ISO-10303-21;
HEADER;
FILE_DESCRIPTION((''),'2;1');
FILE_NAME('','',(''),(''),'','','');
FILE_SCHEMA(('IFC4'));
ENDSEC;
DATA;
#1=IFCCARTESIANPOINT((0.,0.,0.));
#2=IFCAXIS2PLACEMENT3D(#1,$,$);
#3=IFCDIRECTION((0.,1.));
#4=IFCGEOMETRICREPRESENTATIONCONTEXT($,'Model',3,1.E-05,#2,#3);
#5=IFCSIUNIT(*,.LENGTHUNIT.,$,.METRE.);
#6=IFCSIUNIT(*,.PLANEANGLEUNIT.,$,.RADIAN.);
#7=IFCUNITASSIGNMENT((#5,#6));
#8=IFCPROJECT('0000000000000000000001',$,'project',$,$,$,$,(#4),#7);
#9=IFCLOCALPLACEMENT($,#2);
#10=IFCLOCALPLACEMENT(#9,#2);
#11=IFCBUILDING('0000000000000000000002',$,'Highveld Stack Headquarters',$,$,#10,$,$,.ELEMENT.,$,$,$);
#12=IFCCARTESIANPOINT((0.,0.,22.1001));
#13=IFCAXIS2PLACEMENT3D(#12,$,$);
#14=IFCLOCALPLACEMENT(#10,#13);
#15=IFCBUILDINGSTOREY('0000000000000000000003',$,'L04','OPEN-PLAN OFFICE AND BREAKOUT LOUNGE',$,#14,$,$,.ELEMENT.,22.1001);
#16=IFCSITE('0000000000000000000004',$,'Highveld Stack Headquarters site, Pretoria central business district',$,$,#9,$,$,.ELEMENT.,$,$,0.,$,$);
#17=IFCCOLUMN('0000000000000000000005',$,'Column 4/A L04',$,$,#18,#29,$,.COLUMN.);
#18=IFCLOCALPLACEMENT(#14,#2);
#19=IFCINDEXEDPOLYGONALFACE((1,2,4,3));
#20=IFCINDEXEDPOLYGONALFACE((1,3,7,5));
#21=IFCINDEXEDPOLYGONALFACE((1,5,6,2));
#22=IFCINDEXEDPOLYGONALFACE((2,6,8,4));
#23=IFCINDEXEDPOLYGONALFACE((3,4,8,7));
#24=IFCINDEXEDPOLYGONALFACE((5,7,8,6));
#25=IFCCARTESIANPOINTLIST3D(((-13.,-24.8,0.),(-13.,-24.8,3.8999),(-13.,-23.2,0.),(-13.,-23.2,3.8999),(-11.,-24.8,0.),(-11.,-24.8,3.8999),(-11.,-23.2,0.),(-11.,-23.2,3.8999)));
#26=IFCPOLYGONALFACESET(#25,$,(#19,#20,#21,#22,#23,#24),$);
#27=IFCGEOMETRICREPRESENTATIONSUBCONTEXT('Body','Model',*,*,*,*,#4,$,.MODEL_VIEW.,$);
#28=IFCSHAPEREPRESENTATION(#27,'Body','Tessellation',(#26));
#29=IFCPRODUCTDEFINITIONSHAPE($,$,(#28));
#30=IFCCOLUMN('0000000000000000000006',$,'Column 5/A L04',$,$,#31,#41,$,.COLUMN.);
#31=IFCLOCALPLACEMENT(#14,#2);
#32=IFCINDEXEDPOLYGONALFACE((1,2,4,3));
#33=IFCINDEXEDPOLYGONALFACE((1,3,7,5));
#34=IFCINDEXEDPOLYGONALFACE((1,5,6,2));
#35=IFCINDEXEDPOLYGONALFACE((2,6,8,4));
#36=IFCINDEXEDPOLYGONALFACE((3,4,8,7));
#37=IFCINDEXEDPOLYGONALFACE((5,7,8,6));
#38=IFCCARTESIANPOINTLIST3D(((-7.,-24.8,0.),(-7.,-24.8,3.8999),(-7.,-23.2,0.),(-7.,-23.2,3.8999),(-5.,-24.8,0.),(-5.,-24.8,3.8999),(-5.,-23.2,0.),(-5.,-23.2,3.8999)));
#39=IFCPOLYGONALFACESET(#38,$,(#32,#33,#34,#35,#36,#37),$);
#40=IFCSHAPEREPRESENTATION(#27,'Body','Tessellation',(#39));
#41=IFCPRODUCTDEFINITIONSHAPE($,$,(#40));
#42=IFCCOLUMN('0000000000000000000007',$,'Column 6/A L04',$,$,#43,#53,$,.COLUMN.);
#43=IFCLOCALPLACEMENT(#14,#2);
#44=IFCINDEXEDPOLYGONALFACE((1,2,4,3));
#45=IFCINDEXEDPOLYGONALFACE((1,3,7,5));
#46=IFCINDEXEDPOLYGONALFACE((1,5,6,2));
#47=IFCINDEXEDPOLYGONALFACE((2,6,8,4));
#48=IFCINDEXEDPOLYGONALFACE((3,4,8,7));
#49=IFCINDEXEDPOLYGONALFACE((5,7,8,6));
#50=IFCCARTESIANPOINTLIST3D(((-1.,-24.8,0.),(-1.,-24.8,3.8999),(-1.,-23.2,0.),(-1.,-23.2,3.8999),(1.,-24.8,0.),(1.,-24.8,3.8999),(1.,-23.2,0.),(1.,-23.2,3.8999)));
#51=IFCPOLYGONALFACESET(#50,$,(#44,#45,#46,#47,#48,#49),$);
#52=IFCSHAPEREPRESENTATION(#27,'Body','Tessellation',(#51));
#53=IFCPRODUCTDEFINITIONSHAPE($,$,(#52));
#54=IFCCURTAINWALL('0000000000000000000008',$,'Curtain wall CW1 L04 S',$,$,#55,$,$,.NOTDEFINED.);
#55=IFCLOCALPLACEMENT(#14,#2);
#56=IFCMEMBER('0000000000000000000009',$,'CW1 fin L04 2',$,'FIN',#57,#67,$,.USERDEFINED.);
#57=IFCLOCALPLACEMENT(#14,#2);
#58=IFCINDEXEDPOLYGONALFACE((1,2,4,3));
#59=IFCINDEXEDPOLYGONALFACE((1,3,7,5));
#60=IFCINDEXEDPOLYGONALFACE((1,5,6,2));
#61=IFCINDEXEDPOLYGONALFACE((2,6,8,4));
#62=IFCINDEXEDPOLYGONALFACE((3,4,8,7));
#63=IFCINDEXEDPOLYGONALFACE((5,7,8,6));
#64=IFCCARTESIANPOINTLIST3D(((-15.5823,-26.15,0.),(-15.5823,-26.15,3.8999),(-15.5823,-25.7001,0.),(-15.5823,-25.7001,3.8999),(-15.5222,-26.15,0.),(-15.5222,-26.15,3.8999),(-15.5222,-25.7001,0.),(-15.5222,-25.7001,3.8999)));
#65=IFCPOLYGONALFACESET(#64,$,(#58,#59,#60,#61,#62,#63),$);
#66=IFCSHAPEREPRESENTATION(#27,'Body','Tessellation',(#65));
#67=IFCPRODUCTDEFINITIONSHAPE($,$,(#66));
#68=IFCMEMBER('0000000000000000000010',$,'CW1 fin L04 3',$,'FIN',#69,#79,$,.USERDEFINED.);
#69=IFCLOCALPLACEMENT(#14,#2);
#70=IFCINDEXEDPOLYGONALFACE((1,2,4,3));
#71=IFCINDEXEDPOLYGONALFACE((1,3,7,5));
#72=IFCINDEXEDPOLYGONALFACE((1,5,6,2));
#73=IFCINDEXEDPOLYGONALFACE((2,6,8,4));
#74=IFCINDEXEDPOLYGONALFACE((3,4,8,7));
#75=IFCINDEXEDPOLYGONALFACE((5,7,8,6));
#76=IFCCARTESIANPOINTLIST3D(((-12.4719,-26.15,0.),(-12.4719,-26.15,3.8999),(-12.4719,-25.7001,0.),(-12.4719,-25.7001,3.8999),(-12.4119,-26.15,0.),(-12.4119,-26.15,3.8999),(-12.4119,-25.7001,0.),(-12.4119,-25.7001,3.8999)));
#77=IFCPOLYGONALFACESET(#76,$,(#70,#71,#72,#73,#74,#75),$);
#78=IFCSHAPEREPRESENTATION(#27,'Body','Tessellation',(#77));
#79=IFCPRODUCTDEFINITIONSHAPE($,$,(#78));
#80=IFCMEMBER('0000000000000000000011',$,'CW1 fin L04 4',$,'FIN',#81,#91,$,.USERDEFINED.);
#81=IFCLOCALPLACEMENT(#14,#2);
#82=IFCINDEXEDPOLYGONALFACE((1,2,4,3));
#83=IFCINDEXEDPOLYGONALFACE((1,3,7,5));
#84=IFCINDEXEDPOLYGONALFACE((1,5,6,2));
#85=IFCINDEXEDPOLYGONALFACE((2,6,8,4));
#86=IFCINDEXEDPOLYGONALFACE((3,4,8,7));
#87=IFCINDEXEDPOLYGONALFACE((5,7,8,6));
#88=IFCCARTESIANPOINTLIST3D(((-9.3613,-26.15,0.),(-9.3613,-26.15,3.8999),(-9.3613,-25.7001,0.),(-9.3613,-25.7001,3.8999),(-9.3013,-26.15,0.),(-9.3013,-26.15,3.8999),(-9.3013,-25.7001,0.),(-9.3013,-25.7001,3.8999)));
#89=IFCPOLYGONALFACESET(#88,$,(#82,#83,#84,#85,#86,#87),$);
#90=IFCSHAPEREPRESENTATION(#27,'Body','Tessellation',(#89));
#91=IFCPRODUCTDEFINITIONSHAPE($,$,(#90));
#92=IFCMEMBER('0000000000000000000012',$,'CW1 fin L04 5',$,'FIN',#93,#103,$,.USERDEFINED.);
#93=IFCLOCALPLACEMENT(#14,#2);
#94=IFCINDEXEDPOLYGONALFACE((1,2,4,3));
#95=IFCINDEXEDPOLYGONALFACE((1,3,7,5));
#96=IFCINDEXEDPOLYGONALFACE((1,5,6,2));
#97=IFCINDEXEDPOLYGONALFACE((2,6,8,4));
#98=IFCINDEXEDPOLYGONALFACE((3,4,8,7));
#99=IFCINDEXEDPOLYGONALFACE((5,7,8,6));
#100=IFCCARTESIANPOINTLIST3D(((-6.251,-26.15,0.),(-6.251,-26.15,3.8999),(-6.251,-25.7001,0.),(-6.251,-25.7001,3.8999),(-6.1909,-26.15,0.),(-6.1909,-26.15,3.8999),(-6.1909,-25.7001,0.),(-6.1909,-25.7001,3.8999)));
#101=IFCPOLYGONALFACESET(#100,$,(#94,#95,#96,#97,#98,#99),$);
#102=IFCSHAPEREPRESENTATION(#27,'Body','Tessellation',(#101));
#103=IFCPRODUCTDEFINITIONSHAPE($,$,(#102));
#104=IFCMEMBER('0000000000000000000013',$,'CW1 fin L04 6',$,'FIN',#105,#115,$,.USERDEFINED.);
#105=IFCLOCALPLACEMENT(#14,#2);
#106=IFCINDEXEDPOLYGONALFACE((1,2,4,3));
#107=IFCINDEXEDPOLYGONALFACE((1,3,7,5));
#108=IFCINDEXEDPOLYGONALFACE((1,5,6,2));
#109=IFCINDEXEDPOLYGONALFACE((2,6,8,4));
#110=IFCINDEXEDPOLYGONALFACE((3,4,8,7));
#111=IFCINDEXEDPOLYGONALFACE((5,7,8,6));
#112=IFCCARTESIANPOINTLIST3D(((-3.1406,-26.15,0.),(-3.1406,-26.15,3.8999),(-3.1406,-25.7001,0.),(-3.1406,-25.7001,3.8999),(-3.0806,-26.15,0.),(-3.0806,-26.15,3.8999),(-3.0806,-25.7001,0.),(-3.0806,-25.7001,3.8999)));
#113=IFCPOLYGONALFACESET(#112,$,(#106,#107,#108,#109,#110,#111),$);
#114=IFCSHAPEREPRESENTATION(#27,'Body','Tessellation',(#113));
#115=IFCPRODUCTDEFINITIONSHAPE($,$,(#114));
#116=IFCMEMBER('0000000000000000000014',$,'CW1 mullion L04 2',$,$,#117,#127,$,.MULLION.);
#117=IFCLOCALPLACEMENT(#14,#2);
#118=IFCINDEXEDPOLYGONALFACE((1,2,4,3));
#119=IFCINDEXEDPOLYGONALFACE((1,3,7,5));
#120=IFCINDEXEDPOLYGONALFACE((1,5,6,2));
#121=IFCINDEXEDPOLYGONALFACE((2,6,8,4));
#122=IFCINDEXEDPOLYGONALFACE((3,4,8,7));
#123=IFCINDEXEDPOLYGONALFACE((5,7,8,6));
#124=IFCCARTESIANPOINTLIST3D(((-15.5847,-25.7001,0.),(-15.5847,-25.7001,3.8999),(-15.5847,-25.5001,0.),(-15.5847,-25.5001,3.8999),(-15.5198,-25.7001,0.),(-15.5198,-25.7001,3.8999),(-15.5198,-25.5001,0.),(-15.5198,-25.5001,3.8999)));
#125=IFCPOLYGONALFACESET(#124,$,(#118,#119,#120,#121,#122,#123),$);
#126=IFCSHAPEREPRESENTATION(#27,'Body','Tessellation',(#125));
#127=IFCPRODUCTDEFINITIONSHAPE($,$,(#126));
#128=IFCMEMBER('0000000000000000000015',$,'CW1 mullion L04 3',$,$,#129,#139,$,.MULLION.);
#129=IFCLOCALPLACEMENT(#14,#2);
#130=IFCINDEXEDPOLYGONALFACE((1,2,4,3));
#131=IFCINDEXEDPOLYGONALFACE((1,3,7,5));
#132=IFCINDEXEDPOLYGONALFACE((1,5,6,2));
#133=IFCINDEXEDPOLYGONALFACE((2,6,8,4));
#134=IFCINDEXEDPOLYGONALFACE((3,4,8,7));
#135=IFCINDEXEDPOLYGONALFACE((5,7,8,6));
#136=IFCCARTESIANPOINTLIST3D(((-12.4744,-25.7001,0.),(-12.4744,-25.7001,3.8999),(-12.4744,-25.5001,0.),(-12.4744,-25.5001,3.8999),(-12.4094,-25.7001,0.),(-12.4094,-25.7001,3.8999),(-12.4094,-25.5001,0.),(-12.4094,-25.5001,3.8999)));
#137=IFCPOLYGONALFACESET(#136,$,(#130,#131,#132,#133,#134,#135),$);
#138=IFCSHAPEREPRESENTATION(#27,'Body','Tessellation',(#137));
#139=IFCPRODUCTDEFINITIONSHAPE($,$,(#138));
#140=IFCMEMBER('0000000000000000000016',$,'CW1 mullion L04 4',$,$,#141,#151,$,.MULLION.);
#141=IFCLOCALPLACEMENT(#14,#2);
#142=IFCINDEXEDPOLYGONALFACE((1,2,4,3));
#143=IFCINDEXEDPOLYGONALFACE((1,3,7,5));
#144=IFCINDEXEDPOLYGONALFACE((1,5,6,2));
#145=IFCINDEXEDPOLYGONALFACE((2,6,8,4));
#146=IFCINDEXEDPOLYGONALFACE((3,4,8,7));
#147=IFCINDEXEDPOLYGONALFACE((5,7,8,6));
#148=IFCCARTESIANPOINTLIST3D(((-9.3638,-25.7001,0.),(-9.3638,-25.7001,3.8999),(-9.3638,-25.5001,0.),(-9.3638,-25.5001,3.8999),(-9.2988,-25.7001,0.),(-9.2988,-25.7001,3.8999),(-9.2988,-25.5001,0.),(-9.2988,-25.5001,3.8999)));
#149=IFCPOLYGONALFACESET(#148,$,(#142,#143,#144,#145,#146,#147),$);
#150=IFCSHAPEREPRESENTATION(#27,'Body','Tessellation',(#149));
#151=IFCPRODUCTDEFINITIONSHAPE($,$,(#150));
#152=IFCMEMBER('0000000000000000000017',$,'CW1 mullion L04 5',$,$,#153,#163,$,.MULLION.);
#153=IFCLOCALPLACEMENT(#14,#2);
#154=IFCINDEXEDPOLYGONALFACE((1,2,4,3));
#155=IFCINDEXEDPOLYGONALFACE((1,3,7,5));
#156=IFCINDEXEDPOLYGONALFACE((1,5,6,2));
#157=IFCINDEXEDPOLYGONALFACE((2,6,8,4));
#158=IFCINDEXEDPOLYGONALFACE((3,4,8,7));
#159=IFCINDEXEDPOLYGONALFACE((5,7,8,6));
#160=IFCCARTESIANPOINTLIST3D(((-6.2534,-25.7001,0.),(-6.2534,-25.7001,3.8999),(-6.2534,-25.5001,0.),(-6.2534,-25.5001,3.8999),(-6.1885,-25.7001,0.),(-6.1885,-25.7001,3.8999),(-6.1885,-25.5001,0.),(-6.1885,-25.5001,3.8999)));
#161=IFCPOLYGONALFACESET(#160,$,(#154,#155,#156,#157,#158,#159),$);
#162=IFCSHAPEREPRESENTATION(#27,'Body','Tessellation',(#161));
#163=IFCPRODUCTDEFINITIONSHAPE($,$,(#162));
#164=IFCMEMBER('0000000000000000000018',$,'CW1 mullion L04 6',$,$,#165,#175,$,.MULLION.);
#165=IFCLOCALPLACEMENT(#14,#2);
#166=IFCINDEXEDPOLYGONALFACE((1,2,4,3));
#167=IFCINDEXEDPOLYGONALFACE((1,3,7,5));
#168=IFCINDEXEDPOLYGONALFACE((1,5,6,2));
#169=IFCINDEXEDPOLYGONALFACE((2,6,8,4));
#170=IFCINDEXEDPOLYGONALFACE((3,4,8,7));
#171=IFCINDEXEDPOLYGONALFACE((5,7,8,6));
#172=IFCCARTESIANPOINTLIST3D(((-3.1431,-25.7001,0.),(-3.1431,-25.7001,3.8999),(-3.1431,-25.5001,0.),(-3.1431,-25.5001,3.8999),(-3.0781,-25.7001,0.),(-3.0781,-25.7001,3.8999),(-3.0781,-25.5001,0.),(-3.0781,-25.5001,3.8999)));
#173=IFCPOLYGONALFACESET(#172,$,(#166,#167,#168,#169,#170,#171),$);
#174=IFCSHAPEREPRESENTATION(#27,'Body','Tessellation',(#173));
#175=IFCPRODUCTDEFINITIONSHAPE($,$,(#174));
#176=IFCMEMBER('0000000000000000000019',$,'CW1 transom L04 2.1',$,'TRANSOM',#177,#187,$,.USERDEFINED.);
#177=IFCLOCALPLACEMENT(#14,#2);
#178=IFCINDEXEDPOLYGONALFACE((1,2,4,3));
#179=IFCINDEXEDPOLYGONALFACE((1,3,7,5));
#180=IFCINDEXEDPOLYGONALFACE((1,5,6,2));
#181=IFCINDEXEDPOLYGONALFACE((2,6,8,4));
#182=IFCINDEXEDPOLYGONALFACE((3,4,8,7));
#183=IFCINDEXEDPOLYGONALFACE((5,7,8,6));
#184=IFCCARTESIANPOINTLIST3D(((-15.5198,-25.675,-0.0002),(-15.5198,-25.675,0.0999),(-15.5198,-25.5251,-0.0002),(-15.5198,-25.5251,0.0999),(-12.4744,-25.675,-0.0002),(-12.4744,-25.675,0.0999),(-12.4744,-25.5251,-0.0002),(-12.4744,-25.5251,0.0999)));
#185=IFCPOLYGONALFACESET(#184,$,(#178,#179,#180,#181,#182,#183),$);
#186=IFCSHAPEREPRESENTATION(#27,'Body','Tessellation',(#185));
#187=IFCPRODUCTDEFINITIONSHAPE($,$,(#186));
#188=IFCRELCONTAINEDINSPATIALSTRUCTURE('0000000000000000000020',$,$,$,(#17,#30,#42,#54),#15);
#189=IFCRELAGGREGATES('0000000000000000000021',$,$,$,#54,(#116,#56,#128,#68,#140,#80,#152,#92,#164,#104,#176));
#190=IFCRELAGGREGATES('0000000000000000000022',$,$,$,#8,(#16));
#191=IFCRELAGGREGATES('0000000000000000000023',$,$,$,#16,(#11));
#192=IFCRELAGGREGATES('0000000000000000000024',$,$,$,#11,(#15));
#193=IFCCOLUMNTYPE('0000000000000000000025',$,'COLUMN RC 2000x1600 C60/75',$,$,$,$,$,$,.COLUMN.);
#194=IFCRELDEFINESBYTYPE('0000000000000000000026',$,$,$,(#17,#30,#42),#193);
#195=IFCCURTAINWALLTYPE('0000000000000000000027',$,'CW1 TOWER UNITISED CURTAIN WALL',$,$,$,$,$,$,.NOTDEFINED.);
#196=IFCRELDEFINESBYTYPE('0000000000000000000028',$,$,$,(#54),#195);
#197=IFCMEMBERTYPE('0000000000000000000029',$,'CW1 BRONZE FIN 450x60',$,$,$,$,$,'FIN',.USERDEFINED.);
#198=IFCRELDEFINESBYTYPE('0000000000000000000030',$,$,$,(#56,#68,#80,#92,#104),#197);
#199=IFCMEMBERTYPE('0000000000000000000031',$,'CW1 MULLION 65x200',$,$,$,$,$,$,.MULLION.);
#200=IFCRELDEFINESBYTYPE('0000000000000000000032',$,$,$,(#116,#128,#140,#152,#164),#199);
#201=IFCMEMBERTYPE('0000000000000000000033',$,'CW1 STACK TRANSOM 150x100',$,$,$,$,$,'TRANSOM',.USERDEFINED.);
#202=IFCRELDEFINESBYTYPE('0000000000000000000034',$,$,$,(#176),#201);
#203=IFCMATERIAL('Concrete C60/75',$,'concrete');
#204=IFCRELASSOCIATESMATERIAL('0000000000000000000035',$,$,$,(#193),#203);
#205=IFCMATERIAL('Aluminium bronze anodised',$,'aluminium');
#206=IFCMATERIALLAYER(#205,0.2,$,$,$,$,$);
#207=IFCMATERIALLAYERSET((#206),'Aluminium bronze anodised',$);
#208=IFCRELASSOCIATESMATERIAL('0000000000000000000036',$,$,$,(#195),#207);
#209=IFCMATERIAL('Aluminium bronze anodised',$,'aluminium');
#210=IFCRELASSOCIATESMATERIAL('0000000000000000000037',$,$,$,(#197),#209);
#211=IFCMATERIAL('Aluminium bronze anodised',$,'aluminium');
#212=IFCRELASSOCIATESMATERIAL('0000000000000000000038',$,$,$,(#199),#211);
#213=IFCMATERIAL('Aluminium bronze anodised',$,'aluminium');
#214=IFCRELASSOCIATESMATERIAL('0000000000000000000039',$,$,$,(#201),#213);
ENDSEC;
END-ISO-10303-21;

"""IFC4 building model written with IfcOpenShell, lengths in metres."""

from ifc_helpers import new_model, si_unit, direction, frame, origin, origin_2d, place, context, subcontext, project, spatial, rectangle, extrude, material, layer, layer_set, material_profile, profile_set, type_object, element, aggregate, save


model = new_model("IFC4")

# Units and contexts
model_context = context("Model", 3, precision=1e-05, world=origin(), true_north=direction((0.0, 1.0)))
body_context = subcontext(model_context, "Body", "Model", "MODEL_VIEW")
ifc_project = project(units=[si_unit("LENGTHUNIT", "METRE"), si_unit("PLANEANGLEUNIT", "RADIAN")], contexts=[model_context])

# Site, building, storey
site_placement = place(None, origin())
site = spatial("IfcSite", under=ifc_project, at=site_placement, Name="Highveld Stack Headquarters site, Pretoria central business district", CompositionType="ELEMENT", RefElevation=0.0)
building_placement = place(site_placement, origin())
building = spatial("IfcBuilding", under=site, at=building_placement, Name="Highveld Stack Headquarters", CompositionType="ELEMENT")
storey_placement = place(building_placement, frame((0.0, 0.0, 22.1001)))
storey = spatial("IfcBuildingStorey", under=building, at=storey_placement, Name="L04", Description="OPEN-PLAN OFFICE AND BREAKOUT LOUNGE", CompositionType="ELEMENT", Elevation=22.1001)

# Columns
ifc_material_1 = material(Name="Concrete C60/75", Category="concrete")
ifc_material_profile_1 = material_profile(ifc_material_1, rectangle(XDim=2.0, YDim=1.6001, at=origin_2d()), Name="RC 2000x1600")
ifc_profile_set_1 = profile_set([ifc_material_profile_1], Name="Concrete C60/75")
column_type = type_object("IfcColumnType", Name="COLUMN RC 2000x1600 C60/75", PredefinedType="COLUMN", material=ifc_profile_set_1)
for number, where, z_axis, x_axis, name in (
    (1, (-12.0, -24.0, 0.0), (0.0, 0.0, 1.0), (1.0, 0.0, 0.0), "Column 4/A L04"),
    (2, (-6.0, -24.0, 0.0), (0.0, 0.0, 1.0), (1.0, 0.0, 0.0), "Column 5/A L04"),
    (3, (0.0, -24.0, 0.0), (0.0, 0.0, 1.0), (1.0, 0.0, 0.0), "Column 6/A L04"),
):
    element("IfcColumn", number, at=place(storey_placement, frame(where, z_axis=z_axis, x_axis=x_axis)), inside=storey, type_object=column_type, Name=name, PredefinedType="COLUMN", context=body_context, shape_type="SweptSolid", body=[
        extrude(rectangle(XDim=2.0, YDim=1.6001, at=origin_2d()), origin(), (0.0, 0.0, 1.0), 3.8999),
    ])

# Curtain wall, members
ifc_material_2 = material(Name="Aluminium bronze anodised", Category="aluminium")
ifc_layer_1 = layer(ifc_material_2, 0.2)
ifc_layer_set_1 = layer_set([ifc_layer_1], Name="Aluminium bronze anodised")
curtain_wall_type = type_object("IfcCurtainWallType", Name="CW1 TOWER UNITISED CURTAIN WALL", PredefinedType="NOTDEFINED", material=ifc_layer_set_1)
curtain_wall_placement = place(storey_placement, origin())
curtain_wall = element("IfcCurtainWall", 4, at=curtain_wall_placement, inside=storey, type_object=curtain_wall_type, Name="Curtain wall CW1 L04 S", PredefinedType="NOTDEFINED")
ifc_material_3 = material(Name="Aluminium bronze anodised", Category="aluminium")
ifc_material_profile_2 = material_profile(ifc_material_3, rectangle(XDim=0.45, YDim=0.0601, at=origin_2d()), Name="FIN 450x60")
ifc_profile_set_2 = profile_set([ifc_material_profile_2], Name="Aluminium bronze anodised")
member_type_1 = type_object("IfcMemberType", Name="CW1 BRONZE FIN 450x60", ElementType="FIN", PredefinedType="USERDEFINED", material=ifc_profile_set_2)
member_1_placement = place(storey_placement, frame((-15.5522, -25.925, 0.0), z_axis=(0.0, 0.0, 1.0), x_axis=(0.0, 1.0, 0.0)))
member_1 = element("IfcMember", 5, at=member_1_placement, type_object=member_type_1, Name="CW1 fin L04 2", ObjectType="FIN", PredefinedType="USERDEFINED", context=body_context, shape_type="SweptSolid", body=[
    extrude(rectangle(XDim=0.45, YDim=0.0601, at=origin_2d()), origin(), (0.0, 0.0, 1.0), 3.8999),
])
member_2_placement = place(storey_placement, frame((-12.4419, -25.925, 0.0), z_axis=(0.0, 0.0, 1.0), x_axis=(0.0, 1.0, 0.0)))
member_2 = element("IfcMember", 6, at=member_2_placement, type_object=member_type_1, Name="CW1 fin L04 3", ObjectType="FIN", PredefinedType="USERDEFINED", context=body_context, shape_type="SweptSolid", body=[
    extrude(rectangle(XDim=0.45, YDim=0.0601, at=origin_2d()), origin(), (0.0, 0.0, 1.0), 3.8999),
])
member_3_placement = place(storey_placement, frame((-9.3313, -25.925, 0.0), z_axis=(0.0, 0.0, 1.0), x_axis=(0.0, 1.0, 0.0)))
member_3 = element("IfcMember", 7, at=member_3_placement, type_object=member_type_1, Name="CW1 fin L04 4", ObjectType="FIN", PredefinedType="USERDEFINED", context=body_context, shape_type="SweptSolid", body=[
    extrude(rectangle(XDim=0.45, YDim=0.0601, at=origin_2d()), origin(), (0.0, 0.0, 1.0), 3.8999),
])
member_4_placement = place(storey_placement, frame((-6.2209, -25.925, 0.0), z_axis=(0.0, 0.0, 1.0), x_axis=(0.0, 1.0, 0.0)))
member_4 = element("IfcMember", 8, at=member_4_placement, type_object=member_type_1, Name="CW1 fin L04 5", ObjectType="FIN", PredefinedType="USERDEFINED", context=body_context, shape_type="SweptSolid", body=[
    extrude(rectangle(XDim=0.45, YDim=0.0601, at=origin_2d()), origin(), (0.0, 0.0, 1.0), 3.8999),
])
member_5_placement = place(storey_placement, frame((-3.1106, -25.925, 0.0), z_axis=(0.0, 0.0, 1.0), x_axis=(0.0, 1.0, 0.0)))
member_5 = element("IfcMember", 9, at=member_5_placement, type_object=member_type_1, Name="CW1 fin L04 6", ObjectType="FIN", PredefinedType="USERDEFINED", context=body_context, shape_type="SweptSolid", body=[
    extrude(rectangle(XDim=0.45, YDim=0.0601, at=origin_2d()), origin(), (0.0, 0.0, 1.0), 3.8999),
])
ifc_material_4 = material(Name="Aluminium bronze anodised", Category="aluminium")
ifc_material_profile_3 = material_profile(ifc_material_4, rectangle(XDim=0.2, YDim=0.0649, at=origin_2d()), Name="CW1 MULLION 65x200")
ifc_profile_set_3 = profile_set([ifc_material_profile_3], Name="Aluminium bronze anodised")
member_type_2 = type_object("IfcMemberType", Name="CW1 MULLION 65x200", PredefinedType="MULLION", material=ifc_profile_set_3)
member_6_placement = place(storey_placement, frame((-15.5522, -25.6001, 0.0), z_axis=(0.0, 0.0, 1.0), x_axis=(0.0, 1.0, 0.0)))
member_6 = element("IfcMember", 10, at=member_6_placement, type_object=member_type_2, Name="CW1 mullion L04 2", PredefinedType="MULLION", context=body_context, shape_type="SweptSolid", body=[
    extrude(rectangle(XDim=0.2, YDim=0.0649, at=origin_2d()), origin(), (0.0, 0.0, 1.0), 3.8999),
])
member_7_placement = place(storey_placement, frame((-12.4419, -25.6001, 0.0), z_axis=(0.0, 0.0, 1.0), x_axis=(0.0, 1.0, 0.0)))
member_7 = element("IfcMember", 11, at=member_7_placement, type_object=member_type_2, Name="CW1 mullion L04 3", PredefinedType="MULLION", context=body_context, shape_type="SweptSolid", body=[
    extrude(rectangle(XDim=0.2, YDim=0.0649, at=origin_2d()), origin(), (0.0, 0.0, 1.0), 3.8999),
])
member_8_placement = place(storey_placement, frame((-9.3313, -25.6001, 0.0), z_axis=(0.0, 0.0, 1.0), x_axis=(0.0, 1.0, 0.0)))
member_8 = element("IfcMember", 12, at=member_8_placement, type_object=member_type_2, Name="CW1 mullion L04 4", PredefinedType="MULLION", context=body_context, shape_type="SweptSolid", body=[
    extrude(rectangle(XDim=0.2, YDim=0.0649, at=origin_2d()), origin(), (0.0, 0.0, 1.0), 3.8999),
])
member_9_placement = place(storey_placement, frame((-6.2209, -25.6001, 0.0), z_axis=(0.0, 0.0, 1.0), x_axis=(0.0, 1.0, 0.0)))
member_9 = element("IfcMember", 13, at=member_9_placement, type_object=member_type_2, Name="CW1 mullion L04 5", PredefinedType="MULLION", context=body_context, shape_type="SweptSolid", body=[
    extrude(rectangle(XDim=0.2, YDim=0.0649, at=origin_2d()), origin(), (0.0, 0.0, 1.0), 3.8999),
])
member_10_placement = place(storey_placement, frame((-3.1106, -25.6001, 0.0), z_axis=(0.0, 0.0, 1.0), x_axis=(0.0, 1.0, 0.0)))
member_10 = element("IfcMember", 14, at=member_10_placement, type_object=member_type_2, Name="CW1 mullion L04 6", PredefinedType="MULLION", context=body_context, shape_type="SweptSolid", body=[
    extrude(rectangle(XDim=0.2, YDim=0.0649, at=origin_2d()), origin(), (0.0, 0.0, 1.0), 3.8999),
])
ifc_material_5 = material(Name="Aluminium bronze anodised", Category="aluminium")
ifc_material_profile_4 = material_profile(ifc_material_5, rectangle(XDim=0.1499, YDim=0.1001, at=origin_2d()), Name="CW1 TRANSOM 150x100")
ifc_profile_set_4 = profile_set([ifc_material_profile_4], Name="Aluminium bronze anodised")
member_type_3 = type_object("IfcMemberType", Name="CW1 STACK TRANSOM 150x100", ElementType="TRANSOM", PredefinedType="USERDEFINED", material=ifc_profile_set_4)
member_11_placement = place(storey_placement, frame((-15.5198, -25.6001, 0.0498), z_axis=(1.0, 0.0, 0.0), x_axis=(0.0, 1.0, 0.0)))
member_11 = element("IfcMember", 15, at=member_11_placement, type_object=member_type_3, Name="CW1 transom L04 2.1", ObjectType="TRANSOM", PredefinedType="USERDEFINED", context=body_context, shape_type="SweptSolid", body=[
    extrude(rectangle(XDim=0.1499, YDim=0.1001, at=origin_2d()), origin(), (0.0, 0.0, 1.0), 3.0454),
])
aggregate(curtain_wall, [member_6, member_1, member_7, member_2, member_8, member_3, member_9, member_4, member_10, member_5, member_11])

save(model, "model.ifc")
